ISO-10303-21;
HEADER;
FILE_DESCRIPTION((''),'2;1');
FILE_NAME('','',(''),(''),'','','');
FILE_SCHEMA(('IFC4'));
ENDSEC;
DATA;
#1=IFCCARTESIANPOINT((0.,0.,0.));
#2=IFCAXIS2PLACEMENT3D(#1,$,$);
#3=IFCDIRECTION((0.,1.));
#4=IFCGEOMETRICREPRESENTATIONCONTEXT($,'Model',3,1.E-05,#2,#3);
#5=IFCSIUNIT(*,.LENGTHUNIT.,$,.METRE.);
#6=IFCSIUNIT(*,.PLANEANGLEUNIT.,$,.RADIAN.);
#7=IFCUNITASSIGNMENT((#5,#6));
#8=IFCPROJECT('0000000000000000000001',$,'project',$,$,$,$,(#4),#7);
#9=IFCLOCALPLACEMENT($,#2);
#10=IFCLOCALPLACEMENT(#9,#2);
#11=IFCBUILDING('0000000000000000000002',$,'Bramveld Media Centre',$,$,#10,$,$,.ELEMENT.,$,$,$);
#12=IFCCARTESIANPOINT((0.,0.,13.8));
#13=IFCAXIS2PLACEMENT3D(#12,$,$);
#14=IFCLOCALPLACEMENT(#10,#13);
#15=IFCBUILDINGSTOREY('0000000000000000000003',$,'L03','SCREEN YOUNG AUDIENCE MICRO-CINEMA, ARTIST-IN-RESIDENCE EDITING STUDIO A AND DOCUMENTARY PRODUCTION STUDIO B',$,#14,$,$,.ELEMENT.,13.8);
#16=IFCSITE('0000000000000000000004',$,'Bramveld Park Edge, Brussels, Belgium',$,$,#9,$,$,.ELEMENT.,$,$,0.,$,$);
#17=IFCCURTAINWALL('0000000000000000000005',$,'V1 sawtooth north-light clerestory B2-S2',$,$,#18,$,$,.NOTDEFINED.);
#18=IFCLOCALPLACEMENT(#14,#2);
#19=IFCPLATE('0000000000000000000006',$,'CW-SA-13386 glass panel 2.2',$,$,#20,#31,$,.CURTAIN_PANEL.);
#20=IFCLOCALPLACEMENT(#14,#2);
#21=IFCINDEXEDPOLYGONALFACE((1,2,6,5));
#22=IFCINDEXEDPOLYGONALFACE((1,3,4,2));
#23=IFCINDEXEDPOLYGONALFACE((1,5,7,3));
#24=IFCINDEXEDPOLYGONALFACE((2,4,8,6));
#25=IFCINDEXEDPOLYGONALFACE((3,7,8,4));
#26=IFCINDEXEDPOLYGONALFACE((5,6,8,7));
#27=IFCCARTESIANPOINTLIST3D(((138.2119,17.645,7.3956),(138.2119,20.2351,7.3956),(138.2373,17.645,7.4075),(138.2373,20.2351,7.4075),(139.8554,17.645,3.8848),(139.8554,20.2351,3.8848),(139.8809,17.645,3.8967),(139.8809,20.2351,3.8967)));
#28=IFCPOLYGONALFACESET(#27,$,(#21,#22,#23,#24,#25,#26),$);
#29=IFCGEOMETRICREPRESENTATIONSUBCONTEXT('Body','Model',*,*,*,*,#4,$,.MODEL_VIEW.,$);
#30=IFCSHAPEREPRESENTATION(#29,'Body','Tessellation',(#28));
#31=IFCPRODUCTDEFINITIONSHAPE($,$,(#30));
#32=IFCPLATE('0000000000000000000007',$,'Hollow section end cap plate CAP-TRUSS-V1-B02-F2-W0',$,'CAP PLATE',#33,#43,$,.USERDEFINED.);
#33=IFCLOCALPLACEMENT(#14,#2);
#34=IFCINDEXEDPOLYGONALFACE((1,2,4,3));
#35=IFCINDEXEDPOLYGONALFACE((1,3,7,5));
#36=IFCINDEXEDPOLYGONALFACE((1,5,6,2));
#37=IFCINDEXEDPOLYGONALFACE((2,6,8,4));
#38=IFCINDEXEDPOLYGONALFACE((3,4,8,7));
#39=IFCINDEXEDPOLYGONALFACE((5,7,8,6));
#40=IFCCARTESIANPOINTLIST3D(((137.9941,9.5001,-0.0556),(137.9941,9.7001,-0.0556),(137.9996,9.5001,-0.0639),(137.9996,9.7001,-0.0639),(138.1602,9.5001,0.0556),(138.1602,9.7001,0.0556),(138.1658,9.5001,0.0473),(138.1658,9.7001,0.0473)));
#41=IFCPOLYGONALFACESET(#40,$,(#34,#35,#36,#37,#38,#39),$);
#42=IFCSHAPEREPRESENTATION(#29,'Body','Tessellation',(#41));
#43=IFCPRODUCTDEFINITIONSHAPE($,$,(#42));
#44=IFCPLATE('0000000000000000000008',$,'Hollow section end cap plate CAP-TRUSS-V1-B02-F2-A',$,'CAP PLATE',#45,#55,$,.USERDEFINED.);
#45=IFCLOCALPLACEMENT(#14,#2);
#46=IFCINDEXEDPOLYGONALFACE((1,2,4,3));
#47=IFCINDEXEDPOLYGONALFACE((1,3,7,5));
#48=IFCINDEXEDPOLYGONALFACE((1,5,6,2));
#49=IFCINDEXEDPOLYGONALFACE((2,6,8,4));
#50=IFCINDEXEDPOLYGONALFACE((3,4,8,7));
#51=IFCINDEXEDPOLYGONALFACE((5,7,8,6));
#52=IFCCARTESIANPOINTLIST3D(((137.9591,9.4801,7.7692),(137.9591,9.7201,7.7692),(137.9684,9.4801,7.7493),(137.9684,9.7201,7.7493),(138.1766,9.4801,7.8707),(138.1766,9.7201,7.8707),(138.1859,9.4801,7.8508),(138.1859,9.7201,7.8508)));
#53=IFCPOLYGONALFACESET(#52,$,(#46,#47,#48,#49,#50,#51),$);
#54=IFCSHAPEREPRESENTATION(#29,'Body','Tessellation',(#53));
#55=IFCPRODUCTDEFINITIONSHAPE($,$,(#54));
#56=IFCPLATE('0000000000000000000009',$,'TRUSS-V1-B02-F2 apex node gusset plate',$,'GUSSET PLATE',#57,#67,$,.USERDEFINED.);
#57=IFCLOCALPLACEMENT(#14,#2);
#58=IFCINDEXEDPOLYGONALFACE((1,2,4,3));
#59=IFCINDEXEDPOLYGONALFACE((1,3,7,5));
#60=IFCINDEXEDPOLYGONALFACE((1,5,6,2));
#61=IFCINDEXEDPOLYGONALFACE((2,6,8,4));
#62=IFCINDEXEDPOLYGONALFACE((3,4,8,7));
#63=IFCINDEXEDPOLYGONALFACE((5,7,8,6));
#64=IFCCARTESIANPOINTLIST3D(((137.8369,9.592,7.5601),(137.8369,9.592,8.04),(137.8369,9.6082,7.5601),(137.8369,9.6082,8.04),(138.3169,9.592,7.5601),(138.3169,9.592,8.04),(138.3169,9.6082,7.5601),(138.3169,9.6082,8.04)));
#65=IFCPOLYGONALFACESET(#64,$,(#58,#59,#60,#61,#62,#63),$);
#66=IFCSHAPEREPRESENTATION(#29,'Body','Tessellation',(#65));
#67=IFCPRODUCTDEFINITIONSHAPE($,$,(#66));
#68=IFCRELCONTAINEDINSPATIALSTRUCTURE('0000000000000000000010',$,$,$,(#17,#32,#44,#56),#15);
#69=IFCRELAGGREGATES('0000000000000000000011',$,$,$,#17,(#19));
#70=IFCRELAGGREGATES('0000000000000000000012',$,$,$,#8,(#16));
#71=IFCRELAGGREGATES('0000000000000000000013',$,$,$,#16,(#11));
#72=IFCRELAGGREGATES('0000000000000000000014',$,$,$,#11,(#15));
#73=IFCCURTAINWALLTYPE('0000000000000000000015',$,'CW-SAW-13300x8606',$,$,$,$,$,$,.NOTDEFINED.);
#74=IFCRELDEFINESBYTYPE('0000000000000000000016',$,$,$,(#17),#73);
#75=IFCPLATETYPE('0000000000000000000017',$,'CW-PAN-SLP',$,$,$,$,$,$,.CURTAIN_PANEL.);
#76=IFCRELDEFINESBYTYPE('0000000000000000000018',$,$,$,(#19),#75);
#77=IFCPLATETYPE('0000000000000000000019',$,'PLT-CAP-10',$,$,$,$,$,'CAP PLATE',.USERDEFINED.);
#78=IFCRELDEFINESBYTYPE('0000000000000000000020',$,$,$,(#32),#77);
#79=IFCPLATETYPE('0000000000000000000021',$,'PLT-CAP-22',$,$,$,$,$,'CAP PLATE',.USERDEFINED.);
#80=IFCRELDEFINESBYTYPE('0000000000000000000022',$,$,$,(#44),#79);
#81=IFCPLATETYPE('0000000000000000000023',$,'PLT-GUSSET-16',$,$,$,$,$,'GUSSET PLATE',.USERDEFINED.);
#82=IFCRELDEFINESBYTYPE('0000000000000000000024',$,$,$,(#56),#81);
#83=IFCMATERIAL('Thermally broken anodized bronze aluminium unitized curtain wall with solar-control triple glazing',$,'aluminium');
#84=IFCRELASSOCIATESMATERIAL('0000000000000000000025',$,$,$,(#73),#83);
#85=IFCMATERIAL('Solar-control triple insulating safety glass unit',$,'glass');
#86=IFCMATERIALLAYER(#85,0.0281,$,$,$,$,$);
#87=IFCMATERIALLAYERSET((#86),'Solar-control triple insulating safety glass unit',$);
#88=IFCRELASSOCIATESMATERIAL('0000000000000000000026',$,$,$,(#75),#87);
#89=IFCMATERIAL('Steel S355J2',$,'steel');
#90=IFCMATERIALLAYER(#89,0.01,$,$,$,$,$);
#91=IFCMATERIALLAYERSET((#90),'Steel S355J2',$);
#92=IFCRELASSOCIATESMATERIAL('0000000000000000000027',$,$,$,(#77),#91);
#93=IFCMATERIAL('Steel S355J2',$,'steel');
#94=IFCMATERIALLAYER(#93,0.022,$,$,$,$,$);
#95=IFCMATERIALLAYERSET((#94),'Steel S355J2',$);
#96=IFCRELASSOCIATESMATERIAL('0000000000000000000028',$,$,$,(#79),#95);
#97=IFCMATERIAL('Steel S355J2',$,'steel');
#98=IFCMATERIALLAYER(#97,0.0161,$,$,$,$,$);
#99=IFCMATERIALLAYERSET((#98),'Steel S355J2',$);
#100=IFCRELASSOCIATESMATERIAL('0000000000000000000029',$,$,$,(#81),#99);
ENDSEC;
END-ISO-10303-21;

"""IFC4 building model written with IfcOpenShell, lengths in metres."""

from ifc_helpers import new_model, si_unit, direction, frame, origin, origin_2d, place, context, subcontext, project, spatial, polyline, rectangle, outline, extrude, material, layer, layer_set, type_object, element, aggregate, save


model = new_model("IFC4")

# Units and contexts
model_context = context("Model", 3, precision=1e-05, world=origin(), true_north=direction((0.0, 1.0)))
body_context = subcontext(model_context, "Body", "Model", "MODEL_VIEW")
ifc_project = project(units=[si_unit("LENGTHUNIT", "METRE"), si_unit("PLANEANGLEUNIT", "RADIAN")], contexts=[model_context])

# Site, building, storey
site_placement = place(None, origin())
site = spatial("IfcSite", under=ifc_project, at=site_placement, Name="Bramveld Park Edge, Brussels, Belgium", CompositionType="ELEMENT", RefElevation=0.0)
building_placement = place(site_placement, origin())
building = spatial("IfcBuilding", under=site, at=building_placement, Name="Bramveld Media Centre", CompositionType="ELEMENT")
storey_placement = place(building_placement, frame((0.0, 0.0, 13.8)))
storey = spatial("IfcBuildingStorey", under=building, at=storey_placement, Name="L03", Description="SCREEN YOUNG AUDIENCE MICRO-CINEMA, ARTIST-IN-RESIDENCE EDITING STUDIO A AND DOCUMENTARY PRODUCTION STUDIO B", CompositionType="ELEMENT", Elevation=13.8)

# Curtain wall
ifc_material_1 = material(Name="Thermally broken anodized bronze aluminium unitized curtain wall with solar-control triple glazing", Category="aluminium")
curtain_wall_type = type_object("IfcCurtainWallType", Name="CW-SAW-13300x8606", PredefinedType="NOTDEFINED", material=ifc_material_1)
curtain_wall_1_placement = place(storey_placement, origin())
curtain_wall_1 = element("IfcCurtainWall", 1, at=curtain_wall_1_placement, inside=storey, type_object=curtain_wall_type, Name="V1 sawtooth north-light clerestory B2-S2", PredefinedType="NOTDEFINED")

# Plate
ifc_material_2 = material(Name="Solar-control triple insulating safety glass unit", Category="glass")
ifc_layer_1 = layer(ifc_material_2, 0.0281)
ifc_layer_set_1 = layer_set([ifc_layer_1], Name="Solar-control triple insulating safety glass unit")
plate_type_1 = type_object("IfcPlateType", Name="CW-PAN-SLP", PredefinedType="CURTAIN_PANEL", material=ifc_layer_set_1)
plate_1_placement = place(storey_placement, frame((139.8809, 17.645, 3.8967), z_axis=(0.905668, 0.0, 0.423988), x_axis=(0.0, 1.0, 0.0)))
plate_1 = element("IfcPlate", 2, at=plate_1_placement, type_object=plate_type_1, Name="CW-SA-13386 glass panel 2.2", PredefinedType="CURTAIN_PANEL", context=body_context, shape_type="SweptSolid", body=[
    extrude(outline(polyline([(0.0, 0.0), (2.5901, 0.0), (2.5901, 3.8764), (0.0, 3.8764), (0.0, 0.0)])), origin(), (0.0, 0.0, -1.0), 0.0281),
])
aggregate(curtain_wall_1, [plate_1])

# Plates
ifc_material_3 = material(Name="Steel S355J2", Category="steel")
ifc_layer_2 = layer(ifc_material_3, 0.01)
ifc_layer_set_2 = layer_set([ifc_layer_2], Name="Steel S355J2")
plate_type_2 = type_object("IfcPlateType", Name="PLT-CAP-10", ElementType="CAP PLATE", PredefinedType="USERDEFINED", material=ifc_layer_set_2)
plate_2_placement = place(storey_placement, frame((138.0771, 9.6001, 0.0), z_axis=(0.55616, 0.0, -0.831075), x_axis=(0.0, 1.0, 0.0)))
element("IfcPlate", 3, at=plate_2_placement, inside=storey, type_object=plate_type_2, Name="Hollow section end cap plate CAP-TRUSS-V1-B02-F2-W0", ObjectType="CAP PLATE", PredefinedType="USERDEFINED", context=body_context, shape_type="SweptSolid", body=[
    extrude(rectangle(XDim=0.2, YDim=0.2, at=origin_2d()), origin(), (0.0, 0.0, 1.0), 0.01),
])
ifc_material_4 = material(Name="Steel S355J2", Category="steel")
ifc_layer_3 = layer(ifc_material_4, 0.022)
ifc_layer_set_3 = layer_set([ifc_layer_3], Name="Steel S355J2")
plate_type_3 = type_object("IfcPlateType", Name="PLT-CAP-22", ElementType="CAP PLATE", PredefinedType="USERDEFINED", material=ifc_layer_set_3)
plate_3_placement = place(storey_placement, frame((138.0771, 9.6001, 7.8), z_axis=(-0.422628, 0.0, 0.906303), x_axis=(0.0, -1.0, 0.0)))
element("IfcPlate", 4, at=plate_3_placement, inside=storey, type_object=plate_type_3, Name="Hollow section end cap plate CAP-TRUSS-V1-B02-F2-A", ObjectType="CAP PLATE", PredefinedType="USERDEFINED", context=body_context, shape_type="SweptSolid", body=[
    extrude(rectangle(XDim=0.24, YDim=0.24, at=origin_2d()), origin(), (0.0, 0.0, 1.0), 0.022),
])
ifc_material_5 = material(Name="Steel S355J2", Category="steel")
ifc_layer_4 = layer(ifc_material_5, 0.0161)
ifc_layer_set_4 = layer_set([ifc_layer_4], Name="Steel S355J2")
plate_type_4 = type_object("IfcPlateType", Name="PLT-GUSSET-16", ElementType="GUSSET PLATE", PredefinedType="USERDEFINED", material=ifc_layer_set_4)
plate_4_placement = place(storey_placement, frame((138.0769, 9.6001, 7.5601), z_axis=(0.0, 0.0, 1.0), x_axis=(1.0, 0.0, 0.0)))
element("IfcPlate", 5, at=plate_4_placement, inside=storey, type_object=plate_type_4, Name="TRUSS-V1-B02-F2 apex node gusset plate", ObjectType="GUSSET PLATE", PredefinedType="USERDEFINED", context=body_context, shape_type="SweptSolid", body=[
    extrude(rectangle(XDim=0.48, YDim=0.0161, at=origin_2d()), origin(), (0.0, 0.0, 1.0), 0.48),
])

save(model, "model.ifc")
